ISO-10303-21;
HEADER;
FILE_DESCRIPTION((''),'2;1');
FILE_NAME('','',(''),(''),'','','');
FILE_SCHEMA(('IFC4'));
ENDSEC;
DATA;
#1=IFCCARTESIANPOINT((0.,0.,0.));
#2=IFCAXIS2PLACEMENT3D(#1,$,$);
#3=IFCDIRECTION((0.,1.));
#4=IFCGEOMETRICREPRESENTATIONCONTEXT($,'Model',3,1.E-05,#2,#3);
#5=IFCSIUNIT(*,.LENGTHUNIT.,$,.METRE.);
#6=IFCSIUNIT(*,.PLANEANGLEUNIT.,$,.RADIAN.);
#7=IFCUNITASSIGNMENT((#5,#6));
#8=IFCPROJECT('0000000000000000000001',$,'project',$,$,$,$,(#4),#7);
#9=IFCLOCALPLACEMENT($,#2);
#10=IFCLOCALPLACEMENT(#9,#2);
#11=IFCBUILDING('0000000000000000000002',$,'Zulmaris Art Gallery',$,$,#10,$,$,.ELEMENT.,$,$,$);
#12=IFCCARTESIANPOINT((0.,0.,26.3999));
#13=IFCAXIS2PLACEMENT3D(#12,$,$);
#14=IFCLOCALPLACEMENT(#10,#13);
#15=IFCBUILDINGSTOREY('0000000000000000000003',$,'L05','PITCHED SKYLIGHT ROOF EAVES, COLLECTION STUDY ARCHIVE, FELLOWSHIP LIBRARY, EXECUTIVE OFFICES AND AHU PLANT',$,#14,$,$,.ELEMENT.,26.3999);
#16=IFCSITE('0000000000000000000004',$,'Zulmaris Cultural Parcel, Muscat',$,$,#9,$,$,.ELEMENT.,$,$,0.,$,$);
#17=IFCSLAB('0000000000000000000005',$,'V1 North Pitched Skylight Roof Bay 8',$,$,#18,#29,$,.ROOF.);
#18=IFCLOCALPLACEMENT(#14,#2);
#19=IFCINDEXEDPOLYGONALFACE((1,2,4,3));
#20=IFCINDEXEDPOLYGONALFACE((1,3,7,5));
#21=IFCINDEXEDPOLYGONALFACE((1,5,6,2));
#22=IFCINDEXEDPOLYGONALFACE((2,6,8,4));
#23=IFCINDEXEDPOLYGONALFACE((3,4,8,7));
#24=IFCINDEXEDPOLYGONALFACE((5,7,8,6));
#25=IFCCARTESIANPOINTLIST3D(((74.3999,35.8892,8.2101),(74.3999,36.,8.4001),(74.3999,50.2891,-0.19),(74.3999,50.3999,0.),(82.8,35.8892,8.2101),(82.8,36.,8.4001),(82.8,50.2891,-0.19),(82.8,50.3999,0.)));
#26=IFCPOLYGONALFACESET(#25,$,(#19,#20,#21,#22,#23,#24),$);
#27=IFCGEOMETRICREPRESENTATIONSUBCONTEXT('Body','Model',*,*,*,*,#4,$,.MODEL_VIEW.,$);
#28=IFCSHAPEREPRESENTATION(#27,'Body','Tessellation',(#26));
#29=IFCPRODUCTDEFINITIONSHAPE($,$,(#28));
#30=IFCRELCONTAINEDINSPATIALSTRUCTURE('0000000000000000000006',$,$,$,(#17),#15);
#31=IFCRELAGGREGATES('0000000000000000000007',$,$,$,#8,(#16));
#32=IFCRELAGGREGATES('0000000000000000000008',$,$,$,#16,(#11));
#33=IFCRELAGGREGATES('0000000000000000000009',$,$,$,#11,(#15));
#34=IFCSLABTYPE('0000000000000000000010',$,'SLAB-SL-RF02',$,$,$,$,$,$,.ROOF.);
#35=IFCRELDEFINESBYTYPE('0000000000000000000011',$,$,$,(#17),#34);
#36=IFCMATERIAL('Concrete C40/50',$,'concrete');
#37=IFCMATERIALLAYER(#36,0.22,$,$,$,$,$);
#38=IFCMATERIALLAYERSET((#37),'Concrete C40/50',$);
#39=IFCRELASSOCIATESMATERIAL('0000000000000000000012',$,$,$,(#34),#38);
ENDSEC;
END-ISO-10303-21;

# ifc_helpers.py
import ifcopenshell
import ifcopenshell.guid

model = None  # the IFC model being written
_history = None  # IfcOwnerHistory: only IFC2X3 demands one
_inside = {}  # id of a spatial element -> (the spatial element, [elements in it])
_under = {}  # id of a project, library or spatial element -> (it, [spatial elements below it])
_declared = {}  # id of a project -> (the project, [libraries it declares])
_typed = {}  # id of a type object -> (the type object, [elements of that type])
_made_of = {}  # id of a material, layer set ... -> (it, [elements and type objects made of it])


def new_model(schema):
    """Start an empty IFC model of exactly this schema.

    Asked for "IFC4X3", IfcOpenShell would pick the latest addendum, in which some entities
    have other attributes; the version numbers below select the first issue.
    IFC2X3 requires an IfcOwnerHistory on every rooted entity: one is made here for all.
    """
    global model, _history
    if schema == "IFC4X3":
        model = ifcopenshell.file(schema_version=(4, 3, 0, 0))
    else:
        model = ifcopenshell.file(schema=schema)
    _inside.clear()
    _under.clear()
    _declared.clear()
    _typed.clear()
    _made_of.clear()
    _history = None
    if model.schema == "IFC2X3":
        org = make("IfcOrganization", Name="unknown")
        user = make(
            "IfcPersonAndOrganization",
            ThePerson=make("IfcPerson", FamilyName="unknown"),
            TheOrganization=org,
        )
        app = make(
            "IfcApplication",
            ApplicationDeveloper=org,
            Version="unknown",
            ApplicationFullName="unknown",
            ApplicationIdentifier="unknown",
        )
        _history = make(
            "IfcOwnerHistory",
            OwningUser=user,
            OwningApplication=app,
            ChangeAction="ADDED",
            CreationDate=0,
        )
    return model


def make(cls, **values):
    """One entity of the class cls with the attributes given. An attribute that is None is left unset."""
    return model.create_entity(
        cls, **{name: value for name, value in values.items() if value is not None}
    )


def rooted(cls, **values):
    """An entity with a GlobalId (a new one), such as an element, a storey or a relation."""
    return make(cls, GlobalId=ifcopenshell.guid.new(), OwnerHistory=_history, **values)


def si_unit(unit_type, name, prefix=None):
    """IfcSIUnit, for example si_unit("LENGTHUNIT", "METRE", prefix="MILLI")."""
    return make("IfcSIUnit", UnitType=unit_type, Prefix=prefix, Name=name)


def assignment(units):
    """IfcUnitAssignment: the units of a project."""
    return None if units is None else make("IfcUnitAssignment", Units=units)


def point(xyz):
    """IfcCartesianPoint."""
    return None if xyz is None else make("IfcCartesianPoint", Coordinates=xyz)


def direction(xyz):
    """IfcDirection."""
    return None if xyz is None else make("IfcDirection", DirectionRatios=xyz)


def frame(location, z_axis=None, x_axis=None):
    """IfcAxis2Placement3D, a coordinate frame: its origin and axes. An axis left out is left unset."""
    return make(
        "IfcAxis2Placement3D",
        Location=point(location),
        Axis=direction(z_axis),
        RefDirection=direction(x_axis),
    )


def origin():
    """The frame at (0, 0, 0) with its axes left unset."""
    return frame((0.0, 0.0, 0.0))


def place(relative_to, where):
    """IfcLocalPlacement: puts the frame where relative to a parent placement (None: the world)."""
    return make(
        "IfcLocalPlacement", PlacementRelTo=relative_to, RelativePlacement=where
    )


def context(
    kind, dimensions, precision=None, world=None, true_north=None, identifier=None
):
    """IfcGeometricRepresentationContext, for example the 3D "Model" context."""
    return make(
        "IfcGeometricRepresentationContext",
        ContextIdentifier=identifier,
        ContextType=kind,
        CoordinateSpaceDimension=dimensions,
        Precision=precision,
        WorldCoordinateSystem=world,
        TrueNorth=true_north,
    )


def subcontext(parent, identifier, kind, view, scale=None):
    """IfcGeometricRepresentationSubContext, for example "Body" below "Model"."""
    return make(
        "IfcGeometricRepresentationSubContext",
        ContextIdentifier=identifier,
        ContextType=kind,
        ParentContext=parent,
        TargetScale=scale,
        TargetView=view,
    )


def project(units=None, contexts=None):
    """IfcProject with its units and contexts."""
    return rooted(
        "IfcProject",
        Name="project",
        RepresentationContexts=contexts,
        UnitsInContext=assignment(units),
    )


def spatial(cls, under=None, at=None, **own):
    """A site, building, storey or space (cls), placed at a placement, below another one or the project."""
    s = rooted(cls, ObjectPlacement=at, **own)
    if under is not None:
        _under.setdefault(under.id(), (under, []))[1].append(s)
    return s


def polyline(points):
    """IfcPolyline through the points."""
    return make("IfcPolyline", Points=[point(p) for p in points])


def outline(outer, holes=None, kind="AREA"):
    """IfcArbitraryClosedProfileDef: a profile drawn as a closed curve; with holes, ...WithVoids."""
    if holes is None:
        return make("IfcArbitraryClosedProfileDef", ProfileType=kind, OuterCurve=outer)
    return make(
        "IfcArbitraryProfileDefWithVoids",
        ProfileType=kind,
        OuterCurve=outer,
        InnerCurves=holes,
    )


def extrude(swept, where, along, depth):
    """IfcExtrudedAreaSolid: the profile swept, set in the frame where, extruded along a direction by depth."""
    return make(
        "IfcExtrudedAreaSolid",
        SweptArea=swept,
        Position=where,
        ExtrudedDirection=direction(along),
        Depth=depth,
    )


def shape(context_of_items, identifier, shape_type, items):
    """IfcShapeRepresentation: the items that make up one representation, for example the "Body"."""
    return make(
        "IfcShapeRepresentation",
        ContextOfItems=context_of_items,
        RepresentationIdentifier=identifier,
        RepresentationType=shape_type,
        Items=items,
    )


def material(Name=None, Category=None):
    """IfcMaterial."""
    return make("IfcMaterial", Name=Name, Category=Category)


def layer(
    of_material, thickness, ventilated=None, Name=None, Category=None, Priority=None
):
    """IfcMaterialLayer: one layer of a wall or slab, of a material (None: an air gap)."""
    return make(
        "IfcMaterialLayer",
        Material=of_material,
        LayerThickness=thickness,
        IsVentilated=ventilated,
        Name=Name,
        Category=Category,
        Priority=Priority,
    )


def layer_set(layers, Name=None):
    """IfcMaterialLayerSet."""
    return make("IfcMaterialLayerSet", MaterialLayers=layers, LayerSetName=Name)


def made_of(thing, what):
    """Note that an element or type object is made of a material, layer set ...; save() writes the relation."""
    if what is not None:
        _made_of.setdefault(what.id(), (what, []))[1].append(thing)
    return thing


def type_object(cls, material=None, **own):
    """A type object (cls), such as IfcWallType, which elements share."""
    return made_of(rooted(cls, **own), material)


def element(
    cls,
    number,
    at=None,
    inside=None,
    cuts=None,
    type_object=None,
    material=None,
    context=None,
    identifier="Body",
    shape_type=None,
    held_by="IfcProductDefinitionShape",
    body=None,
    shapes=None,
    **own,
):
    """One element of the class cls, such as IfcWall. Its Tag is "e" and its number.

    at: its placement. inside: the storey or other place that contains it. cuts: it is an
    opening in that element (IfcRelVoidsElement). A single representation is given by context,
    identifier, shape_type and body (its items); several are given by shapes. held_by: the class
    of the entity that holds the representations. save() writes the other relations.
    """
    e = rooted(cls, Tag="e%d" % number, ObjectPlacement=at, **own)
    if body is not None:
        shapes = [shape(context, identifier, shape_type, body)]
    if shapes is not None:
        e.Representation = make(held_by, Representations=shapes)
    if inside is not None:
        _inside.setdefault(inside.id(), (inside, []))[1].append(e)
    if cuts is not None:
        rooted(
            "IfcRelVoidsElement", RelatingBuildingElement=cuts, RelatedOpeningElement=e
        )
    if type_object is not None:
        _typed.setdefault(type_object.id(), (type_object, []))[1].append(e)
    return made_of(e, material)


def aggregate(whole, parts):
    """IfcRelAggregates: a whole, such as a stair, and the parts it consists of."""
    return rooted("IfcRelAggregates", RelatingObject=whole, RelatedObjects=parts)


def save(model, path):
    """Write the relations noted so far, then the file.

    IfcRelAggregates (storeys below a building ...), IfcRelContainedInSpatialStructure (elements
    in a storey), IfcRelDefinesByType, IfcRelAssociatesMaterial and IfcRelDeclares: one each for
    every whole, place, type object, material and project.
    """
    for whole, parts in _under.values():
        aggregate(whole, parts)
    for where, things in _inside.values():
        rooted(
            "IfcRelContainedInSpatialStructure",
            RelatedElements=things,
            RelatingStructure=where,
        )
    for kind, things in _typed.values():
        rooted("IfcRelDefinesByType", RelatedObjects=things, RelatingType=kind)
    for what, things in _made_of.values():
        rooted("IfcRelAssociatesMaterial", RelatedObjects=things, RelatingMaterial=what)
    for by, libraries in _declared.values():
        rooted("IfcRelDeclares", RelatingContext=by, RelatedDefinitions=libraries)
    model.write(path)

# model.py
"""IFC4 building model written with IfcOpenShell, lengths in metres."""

from ifc_helpers import new_model, si_unit, direction, frame, origin, place, context, subcontext, project, spatial, polyline, outline, extrude, material, layer, layer_set, type_object, element, save


model = new_model("IFC4")

# Units and contexts
model_context = context("Model", 3, precision=1e-05, world=origin(), true_north=direction((0.0, 1.0)))
body_context = subcontext(model_context, "Body", "Model", "MODEL_VIEW")
ifc_project = project(units=[si_unit("LENGTHUNIT", "METRE"), si_unit("PLANEANGLEUNIT", "RADIAN")], contexts=[model_context])

# Site, building, storey
site_placement = place(None, origin())
site = spatial("IfcSite", under=ifc_project, at=site_placement, Name="Zulmaris Cultural Parcel, Muscat", CompositionType="ELEMENT", RefElevation=0.0)
building_placement = place(site_placement, origin())
building = spatial("IfcBuilding", under=site, at=building_placement, Name="Zulmaris Art Gallery", CompositionType="ELEMENT")
storey_placement = place(building_placement, frame((0.0, 0.0, 26.3999)))
storey = spatial("IfcBuildingStorey", under=building, at=storey_placement, Name="L05", Description="PITCHED SKYLIGHT ROOF EAVES, COLLECTION STUDY ARCHIVE, FELLOWSHIP LIBRARY, EXECUTIVE OFFICES AND AHU PLANT", CompositionType="ELEMENT", Elevation=26.3999)

# Slab
ifc_material_1 = material(Name="Concrete C40/50", Category="concrete")
ifc_layer_1 = layer(ifc_material_1, 0.22)
ifc_layer_set_1 = layer_set([ifc_layer_1], Name="Concrete C40/50")
slab_type = type_object("IfcSlabType", Name="SLAB-SL-RF02", PredefinedType="ROOF", material=ifc_layer_set_1)
slab_placement = place(storey_placement, frame((74.3999, 36.0, 8.4001), z_axis=(0.0, 0.50388, 0.863774), x_axis=(1.0, 0.0, 0.0)))
element("IfcSlab", 1, at=slab_placement, inside=storey, type_object=slab_type, Name="V1 North Pitched Skylight Roof Bay 8", PredefinedType="ROOF", context=body_context, shape_type="SweptSolid", body=[
    extrude(outline(polyline([(0.0, 0.0), (8.4001, 0.0), (8.4001, 16.6709), (0.0, 16.6709), (0.0, 0.0)])), origin(), (0.0, 0.0, -1.0), 0.22),
])

save(model, "model.ifc")
